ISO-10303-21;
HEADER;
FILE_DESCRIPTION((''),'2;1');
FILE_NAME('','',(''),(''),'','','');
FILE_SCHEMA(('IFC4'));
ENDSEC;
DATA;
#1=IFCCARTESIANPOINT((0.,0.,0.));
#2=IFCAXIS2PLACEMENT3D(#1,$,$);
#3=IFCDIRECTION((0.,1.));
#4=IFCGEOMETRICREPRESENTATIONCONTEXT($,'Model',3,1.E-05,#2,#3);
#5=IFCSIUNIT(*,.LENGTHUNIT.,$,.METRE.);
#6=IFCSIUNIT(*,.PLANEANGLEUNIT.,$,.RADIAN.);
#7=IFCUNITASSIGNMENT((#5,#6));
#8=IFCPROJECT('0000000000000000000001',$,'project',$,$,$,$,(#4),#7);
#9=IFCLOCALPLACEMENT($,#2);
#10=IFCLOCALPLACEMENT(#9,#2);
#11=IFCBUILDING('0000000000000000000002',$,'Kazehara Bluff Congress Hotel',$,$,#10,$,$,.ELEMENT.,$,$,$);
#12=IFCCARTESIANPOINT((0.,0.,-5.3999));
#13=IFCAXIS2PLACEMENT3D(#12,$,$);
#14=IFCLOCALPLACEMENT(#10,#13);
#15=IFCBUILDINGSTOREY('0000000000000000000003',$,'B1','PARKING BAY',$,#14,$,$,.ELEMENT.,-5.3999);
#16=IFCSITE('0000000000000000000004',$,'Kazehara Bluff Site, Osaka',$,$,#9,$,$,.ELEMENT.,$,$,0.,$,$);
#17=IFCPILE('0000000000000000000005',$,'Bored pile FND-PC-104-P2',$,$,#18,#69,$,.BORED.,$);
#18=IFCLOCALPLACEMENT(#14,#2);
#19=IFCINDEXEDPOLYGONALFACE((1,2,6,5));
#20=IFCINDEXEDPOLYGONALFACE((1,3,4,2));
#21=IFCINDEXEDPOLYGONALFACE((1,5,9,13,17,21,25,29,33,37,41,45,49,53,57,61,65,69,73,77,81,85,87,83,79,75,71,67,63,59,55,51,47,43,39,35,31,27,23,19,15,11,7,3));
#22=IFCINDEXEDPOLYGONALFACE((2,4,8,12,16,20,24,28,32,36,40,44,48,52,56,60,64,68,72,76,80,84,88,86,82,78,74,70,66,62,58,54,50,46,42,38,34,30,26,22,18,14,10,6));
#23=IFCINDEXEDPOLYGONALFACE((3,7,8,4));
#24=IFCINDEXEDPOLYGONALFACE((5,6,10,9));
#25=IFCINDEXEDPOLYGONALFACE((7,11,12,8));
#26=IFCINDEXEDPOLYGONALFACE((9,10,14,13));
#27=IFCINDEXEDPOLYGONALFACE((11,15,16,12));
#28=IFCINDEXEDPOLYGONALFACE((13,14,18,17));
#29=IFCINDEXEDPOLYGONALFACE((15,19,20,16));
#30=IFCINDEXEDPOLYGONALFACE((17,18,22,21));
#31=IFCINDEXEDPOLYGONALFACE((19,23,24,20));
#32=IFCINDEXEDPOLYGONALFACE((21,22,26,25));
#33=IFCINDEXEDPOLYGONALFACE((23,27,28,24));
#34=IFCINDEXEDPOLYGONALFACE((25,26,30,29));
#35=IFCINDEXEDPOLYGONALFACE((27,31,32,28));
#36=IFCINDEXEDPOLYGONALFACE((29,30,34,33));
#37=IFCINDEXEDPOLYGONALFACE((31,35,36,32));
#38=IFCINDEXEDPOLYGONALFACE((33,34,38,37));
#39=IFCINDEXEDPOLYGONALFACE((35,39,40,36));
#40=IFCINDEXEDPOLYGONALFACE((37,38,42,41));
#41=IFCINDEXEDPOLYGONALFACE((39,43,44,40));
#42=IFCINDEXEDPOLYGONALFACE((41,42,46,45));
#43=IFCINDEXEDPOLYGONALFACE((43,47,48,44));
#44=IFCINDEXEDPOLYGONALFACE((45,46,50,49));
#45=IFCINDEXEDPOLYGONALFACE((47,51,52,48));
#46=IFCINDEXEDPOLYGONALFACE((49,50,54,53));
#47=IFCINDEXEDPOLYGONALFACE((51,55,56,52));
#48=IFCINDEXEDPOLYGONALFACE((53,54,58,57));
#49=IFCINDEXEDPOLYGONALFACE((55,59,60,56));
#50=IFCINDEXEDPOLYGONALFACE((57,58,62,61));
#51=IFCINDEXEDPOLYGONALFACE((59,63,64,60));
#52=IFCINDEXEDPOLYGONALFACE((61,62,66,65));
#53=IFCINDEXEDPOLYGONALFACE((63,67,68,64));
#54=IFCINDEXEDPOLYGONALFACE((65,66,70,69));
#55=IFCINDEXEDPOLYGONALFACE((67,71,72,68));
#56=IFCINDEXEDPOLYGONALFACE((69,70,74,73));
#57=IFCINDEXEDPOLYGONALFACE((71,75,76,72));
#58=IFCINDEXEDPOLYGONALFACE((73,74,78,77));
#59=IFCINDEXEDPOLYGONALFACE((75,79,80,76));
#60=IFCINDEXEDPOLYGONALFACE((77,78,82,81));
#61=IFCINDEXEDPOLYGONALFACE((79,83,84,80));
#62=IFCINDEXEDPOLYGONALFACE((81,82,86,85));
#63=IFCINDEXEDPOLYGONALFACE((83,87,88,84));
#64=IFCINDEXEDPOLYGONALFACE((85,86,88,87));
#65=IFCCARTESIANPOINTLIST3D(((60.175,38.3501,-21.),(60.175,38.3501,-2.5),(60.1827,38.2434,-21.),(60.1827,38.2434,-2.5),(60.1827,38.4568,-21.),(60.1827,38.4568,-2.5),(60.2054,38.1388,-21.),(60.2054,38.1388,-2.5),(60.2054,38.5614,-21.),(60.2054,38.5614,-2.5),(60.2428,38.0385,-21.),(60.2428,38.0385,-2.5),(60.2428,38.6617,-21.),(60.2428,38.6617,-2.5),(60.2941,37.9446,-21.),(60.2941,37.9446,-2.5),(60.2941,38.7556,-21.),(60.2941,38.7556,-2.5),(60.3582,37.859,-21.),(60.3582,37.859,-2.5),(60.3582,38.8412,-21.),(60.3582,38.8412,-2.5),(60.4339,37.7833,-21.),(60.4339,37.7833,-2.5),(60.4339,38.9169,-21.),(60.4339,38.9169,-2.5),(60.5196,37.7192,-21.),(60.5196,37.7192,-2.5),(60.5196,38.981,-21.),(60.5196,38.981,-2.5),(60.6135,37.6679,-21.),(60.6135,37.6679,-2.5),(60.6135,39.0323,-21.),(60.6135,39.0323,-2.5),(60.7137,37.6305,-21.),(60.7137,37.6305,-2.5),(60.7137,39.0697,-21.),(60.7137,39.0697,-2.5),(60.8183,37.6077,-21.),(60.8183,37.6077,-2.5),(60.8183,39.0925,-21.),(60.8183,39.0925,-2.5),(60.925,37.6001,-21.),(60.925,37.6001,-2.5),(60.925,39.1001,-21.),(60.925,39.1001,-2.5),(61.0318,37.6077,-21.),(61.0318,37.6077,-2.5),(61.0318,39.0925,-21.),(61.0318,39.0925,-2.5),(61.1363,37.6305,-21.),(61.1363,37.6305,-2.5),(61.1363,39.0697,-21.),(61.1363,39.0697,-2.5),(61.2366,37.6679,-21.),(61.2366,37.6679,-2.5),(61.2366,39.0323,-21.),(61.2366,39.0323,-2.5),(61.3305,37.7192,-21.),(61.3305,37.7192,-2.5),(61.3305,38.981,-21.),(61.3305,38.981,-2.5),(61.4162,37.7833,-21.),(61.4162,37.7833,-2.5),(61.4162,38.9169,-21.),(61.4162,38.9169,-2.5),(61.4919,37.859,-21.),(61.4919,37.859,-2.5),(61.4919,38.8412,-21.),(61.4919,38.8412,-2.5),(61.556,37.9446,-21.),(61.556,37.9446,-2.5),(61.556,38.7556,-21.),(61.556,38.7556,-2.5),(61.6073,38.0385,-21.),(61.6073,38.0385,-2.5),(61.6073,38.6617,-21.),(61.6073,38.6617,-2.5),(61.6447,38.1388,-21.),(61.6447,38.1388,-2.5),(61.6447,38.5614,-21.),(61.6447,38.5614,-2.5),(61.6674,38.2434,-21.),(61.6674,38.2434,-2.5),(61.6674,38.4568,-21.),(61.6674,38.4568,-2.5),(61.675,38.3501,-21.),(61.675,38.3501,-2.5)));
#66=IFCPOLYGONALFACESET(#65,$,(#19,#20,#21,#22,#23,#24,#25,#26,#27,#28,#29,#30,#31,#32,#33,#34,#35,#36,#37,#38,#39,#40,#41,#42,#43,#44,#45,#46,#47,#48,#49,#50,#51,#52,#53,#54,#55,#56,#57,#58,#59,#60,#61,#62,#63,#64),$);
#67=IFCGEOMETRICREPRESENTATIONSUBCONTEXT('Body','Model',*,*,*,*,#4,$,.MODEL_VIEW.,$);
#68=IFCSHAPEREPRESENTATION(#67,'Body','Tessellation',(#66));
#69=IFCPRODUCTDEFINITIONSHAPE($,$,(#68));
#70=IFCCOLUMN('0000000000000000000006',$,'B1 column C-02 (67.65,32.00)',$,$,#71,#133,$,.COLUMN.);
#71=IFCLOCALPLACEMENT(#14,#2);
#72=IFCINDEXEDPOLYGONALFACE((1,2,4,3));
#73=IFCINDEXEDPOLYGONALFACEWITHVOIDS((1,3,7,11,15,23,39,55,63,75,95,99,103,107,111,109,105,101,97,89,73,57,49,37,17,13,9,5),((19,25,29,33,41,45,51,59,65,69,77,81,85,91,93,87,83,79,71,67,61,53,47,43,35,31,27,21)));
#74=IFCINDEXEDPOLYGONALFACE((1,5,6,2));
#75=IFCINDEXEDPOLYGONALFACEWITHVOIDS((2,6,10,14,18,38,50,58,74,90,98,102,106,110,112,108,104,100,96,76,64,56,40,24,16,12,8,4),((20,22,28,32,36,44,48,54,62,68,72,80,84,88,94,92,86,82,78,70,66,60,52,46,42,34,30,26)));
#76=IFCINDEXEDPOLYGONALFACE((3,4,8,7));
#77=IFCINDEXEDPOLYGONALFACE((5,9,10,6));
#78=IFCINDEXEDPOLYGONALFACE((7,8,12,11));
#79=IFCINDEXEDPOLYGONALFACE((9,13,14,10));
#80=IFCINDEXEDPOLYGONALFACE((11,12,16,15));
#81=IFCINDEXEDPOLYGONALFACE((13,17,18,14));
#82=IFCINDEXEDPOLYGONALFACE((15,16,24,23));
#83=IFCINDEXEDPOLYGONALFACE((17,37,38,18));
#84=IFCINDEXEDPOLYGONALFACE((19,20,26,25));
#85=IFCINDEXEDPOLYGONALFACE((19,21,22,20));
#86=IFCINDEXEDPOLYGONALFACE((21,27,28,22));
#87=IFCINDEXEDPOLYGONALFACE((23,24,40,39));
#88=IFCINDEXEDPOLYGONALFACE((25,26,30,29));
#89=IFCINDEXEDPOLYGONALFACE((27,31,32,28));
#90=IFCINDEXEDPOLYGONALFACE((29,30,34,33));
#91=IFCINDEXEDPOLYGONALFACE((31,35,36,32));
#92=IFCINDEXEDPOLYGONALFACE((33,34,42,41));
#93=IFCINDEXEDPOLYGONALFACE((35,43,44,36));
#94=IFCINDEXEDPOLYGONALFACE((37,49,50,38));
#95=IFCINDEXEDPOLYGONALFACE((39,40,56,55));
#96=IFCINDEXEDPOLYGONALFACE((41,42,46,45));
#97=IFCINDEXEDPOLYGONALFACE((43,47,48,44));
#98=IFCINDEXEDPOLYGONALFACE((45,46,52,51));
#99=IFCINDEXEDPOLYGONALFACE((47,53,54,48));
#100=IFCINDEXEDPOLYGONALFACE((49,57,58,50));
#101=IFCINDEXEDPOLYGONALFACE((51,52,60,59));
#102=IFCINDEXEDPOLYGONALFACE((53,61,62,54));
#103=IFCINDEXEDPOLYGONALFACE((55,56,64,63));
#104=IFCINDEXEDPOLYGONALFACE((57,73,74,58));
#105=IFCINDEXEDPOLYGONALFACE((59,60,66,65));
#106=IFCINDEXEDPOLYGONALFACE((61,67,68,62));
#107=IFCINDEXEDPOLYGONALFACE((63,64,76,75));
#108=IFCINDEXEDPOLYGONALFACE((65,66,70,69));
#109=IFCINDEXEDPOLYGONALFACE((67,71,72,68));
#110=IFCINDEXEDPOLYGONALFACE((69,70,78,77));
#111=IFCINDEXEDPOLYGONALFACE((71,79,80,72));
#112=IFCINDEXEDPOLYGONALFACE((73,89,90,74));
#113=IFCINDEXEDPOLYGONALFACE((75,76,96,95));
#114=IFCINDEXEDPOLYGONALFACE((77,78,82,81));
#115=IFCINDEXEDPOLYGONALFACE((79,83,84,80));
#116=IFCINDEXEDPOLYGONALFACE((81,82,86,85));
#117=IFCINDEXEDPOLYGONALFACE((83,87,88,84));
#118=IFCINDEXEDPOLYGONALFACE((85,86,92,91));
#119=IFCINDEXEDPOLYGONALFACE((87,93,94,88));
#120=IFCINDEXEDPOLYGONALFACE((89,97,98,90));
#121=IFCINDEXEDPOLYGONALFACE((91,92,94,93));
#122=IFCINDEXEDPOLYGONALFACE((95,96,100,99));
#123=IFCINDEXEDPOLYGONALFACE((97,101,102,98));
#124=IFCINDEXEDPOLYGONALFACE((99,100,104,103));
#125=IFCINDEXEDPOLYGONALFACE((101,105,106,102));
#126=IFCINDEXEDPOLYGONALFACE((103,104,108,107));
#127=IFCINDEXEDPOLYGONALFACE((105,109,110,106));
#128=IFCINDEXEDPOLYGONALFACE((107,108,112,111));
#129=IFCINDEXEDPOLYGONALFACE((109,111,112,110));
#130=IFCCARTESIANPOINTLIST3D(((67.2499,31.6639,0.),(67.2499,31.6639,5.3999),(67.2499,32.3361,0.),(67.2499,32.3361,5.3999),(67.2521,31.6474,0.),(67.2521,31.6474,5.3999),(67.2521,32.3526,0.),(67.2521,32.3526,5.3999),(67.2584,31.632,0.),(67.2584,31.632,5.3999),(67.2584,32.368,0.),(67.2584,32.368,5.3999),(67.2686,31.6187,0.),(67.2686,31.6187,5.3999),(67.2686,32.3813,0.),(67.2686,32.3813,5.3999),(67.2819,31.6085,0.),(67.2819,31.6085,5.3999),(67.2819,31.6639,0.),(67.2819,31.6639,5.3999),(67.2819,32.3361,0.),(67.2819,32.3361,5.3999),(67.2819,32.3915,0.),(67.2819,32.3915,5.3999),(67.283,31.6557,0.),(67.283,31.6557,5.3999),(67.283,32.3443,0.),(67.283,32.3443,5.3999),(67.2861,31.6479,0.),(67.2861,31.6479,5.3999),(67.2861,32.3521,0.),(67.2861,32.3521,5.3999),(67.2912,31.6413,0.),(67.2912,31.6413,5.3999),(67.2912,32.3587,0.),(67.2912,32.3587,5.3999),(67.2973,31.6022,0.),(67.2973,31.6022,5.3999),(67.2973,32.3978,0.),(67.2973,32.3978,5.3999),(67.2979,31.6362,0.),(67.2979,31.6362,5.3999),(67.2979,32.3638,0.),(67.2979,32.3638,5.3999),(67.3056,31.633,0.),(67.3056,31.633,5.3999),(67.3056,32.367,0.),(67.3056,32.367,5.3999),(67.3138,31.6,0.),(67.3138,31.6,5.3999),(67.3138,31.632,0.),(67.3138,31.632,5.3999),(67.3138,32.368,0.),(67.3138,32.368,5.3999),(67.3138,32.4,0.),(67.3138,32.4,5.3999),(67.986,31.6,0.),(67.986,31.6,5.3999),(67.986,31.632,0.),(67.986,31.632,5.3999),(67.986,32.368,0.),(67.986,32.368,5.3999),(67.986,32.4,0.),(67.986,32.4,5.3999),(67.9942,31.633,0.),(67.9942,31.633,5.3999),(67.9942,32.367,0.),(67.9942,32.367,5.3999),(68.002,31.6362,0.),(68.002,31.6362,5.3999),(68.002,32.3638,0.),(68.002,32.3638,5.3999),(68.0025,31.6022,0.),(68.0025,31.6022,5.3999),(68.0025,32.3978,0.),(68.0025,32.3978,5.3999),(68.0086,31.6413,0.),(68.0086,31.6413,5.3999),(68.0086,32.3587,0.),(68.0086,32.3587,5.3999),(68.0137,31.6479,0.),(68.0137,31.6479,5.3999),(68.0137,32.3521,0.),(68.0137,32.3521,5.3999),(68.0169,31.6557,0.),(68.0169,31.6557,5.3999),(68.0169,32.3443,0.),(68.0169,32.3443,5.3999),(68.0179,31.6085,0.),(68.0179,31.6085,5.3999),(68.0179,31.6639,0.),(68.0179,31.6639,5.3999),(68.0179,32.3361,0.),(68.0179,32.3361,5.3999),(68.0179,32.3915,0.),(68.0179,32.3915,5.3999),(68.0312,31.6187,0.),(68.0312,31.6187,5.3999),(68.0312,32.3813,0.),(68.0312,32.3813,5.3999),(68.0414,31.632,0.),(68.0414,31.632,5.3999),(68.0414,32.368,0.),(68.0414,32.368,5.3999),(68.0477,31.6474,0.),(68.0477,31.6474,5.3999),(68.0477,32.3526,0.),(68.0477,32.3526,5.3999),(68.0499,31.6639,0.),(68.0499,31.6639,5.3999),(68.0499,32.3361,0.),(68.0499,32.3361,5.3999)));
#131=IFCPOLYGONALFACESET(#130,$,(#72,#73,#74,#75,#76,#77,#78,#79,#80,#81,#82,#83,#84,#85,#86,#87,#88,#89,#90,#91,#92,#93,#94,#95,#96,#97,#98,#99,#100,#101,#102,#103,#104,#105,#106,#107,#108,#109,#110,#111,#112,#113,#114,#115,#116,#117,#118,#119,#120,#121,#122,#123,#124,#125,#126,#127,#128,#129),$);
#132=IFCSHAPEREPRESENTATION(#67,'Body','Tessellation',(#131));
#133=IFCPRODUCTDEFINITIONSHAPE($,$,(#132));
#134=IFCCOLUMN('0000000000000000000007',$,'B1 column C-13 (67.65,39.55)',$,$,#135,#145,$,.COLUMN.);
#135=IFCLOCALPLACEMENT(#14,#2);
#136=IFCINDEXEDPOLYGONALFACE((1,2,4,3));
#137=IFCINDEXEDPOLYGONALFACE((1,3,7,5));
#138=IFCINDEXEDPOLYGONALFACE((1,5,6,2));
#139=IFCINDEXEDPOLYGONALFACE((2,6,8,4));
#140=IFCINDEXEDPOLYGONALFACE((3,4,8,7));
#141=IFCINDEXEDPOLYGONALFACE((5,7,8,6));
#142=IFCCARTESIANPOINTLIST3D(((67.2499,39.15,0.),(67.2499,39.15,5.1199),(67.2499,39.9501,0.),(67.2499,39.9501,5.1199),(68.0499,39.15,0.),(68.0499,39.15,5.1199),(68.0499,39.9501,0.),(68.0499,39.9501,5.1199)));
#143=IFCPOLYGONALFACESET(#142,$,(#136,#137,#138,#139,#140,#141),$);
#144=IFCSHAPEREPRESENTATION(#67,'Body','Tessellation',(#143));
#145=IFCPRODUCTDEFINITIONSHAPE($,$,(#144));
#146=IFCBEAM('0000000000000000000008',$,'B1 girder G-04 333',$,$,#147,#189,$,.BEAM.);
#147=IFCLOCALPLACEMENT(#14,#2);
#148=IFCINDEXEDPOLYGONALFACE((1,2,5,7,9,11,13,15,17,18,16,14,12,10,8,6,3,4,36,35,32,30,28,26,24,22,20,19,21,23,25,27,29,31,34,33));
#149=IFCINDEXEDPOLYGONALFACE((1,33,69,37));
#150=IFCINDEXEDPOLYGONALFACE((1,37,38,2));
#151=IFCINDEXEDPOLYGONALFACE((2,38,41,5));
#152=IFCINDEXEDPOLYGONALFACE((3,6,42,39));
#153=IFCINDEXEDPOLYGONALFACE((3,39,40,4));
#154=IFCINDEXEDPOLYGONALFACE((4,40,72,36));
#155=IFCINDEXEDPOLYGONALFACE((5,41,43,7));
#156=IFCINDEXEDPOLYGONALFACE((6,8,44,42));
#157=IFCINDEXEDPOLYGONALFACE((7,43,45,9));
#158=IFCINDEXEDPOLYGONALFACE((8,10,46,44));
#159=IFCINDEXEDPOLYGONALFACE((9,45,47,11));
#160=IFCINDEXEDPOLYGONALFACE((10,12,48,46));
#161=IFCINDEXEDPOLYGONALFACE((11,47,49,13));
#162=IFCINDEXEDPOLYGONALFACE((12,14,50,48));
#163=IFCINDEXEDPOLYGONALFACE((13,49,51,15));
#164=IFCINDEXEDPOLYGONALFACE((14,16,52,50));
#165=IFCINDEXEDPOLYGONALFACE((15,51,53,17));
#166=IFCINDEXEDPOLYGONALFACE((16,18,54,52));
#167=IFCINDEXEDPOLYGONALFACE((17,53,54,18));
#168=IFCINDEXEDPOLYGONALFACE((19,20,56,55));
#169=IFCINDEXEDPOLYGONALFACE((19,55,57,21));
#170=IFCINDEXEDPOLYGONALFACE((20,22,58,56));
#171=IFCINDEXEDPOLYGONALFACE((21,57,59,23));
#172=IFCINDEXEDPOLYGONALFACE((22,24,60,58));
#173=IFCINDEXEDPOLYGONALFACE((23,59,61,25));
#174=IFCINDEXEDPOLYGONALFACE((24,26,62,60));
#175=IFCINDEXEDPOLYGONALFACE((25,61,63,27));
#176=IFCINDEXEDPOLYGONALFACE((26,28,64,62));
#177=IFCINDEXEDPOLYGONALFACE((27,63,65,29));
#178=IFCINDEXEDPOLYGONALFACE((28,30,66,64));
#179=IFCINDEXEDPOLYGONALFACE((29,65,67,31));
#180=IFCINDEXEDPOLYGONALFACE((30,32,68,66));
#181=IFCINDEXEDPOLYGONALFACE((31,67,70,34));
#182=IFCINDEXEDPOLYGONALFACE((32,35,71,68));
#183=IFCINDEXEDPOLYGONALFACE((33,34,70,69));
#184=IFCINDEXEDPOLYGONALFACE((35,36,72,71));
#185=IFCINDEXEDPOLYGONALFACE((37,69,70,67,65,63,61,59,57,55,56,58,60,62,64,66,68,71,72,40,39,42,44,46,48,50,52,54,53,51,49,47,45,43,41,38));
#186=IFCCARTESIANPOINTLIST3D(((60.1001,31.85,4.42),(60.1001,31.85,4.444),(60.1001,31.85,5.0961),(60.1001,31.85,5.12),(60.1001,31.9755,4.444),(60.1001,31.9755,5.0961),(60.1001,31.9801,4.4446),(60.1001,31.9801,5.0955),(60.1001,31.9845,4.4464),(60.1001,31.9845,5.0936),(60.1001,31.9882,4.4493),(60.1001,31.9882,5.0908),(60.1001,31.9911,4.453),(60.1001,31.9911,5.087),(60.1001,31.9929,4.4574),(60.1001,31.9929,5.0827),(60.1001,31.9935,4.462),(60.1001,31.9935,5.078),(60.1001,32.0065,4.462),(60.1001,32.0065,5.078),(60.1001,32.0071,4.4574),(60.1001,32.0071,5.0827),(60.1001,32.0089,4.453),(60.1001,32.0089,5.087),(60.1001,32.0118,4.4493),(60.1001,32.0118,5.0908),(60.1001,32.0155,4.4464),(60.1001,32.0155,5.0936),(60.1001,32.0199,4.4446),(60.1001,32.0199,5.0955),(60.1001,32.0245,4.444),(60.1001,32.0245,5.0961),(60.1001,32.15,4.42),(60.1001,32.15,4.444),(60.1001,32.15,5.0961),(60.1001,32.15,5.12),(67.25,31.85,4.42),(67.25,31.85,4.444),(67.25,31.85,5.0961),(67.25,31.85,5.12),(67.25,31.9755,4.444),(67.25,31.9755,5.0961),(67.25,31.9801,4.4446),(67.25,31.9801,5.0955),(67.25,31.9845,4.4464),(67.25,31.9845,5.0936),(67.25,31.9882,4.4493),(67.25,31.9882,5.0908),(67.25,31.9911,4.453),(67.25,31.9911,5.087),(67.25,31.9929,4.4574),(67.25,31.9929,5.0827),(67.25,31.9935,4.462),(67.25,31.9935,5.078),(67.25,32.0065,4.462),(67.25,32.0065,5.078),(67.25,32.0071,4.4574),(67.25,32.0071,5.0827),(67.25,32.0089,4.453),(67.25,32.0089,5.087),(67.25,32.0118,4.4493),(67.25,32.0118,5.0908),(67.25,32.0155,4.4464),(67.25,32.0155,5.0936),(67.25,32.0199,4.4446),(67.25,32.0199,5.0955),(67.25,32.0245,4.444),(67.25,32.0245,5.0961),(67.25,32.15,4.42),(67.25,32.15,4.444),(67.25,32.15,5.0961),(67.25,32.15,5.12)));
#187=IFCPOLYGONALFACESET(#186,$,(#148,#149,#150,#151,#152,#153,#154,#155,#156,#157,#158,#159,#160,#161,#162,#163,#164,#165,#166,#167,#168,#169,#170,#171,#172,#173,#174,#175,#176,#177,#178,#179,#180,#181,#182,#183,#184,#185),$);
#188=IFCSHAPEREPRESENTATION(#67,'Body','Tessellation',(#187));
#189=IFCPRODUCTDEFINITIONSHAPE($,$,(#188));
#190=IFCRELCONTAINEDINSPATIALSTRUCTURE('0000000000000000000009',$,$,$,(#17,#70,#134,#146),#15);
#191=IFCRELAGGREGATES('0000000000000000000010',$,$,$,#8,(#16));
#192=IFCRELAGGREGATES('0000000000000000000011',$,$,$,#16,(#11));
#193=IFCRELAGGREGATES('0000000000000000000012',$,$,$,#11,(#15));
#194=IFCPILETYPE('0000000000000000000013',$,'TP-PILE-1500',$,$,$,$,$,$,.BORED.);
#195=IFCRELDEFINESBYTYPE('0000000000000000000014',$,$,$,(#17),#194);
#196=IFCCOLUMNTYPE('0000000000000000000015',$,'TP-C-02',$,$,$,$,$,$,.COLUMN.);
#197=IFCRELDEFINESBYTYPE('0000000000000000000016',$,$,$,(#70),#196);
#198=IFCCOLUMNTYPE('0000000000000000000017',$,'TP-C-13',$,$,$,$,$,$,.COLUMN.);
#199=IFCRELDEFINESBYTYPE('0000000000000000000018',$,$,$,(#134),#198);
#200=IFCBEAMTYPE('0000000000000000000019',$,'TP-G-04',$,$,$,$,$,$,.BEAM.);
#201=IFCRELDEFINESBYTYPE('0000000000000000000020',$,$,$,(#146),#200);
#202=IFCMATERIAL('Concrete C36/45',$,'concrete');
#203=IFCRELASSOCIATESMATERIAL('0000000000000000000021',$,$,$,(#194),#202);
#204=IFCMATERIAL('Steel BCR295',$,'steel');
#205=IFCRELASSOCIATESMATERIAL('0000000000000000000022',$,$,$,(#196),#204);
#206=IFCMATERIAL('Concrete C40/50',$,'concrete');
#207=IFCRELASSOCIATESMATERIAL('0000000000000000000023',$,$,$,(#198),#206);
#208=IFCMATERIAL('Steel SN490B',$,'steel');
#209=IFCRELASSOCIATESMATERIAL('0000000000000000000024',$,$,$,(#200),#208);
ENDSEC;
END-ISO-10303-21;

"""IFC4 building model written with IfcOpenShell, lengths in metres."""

from ifc_helpers import new_model, si_unit, direction, frame, origin, origin_2d, place, context, subcontext, project, spatial, rectangle, hollow_rectangle, circle, i_section, extrude, material, material_profile, profile_set, type_object, element, save


model = new_model("IFC4")

# Units and contexts
model_context = context("Model", 3, precision=1e-05, world=origin(), true_north=direction((0.0, 1.0)))
body_context = subcontext(model_context, "Body", "Model", "MODEL_VIEW")
ifc_project = project(units=[si_unit("LENGTHUNIT", "METRE"), si_unit("PLANEANGLEUNIT", "RADIAN")], contexts=[model_context])

# Site, building, storey
site_placement = place(None, origin())
site = spatial("IfcSite", under=ifc_project, at=site_placement, Name="Kazehara Bluff Site, Osaka", CompositionType="ELEMENT", RefElevation=0.0)
building_placement = place(site_placement, origin())
building = spatial("IfcBuilding", under=site, at=building_placement, Name="Kazehara Bluff Congress Hotel", CompositionType="ELEMENT")
storey_placement = place(building_placement, frame((0.0, 0.0, -5.3999)))
storey = spatial("IfcBuildingStorey", under=building, at=storey_placement, Name="B1", Description="PARKING BAY", CompositionType="ELEMENT", Elevation=-5.3999)

# Pile
ifc_material_1 = material(Name="Concrete C36/45", Category="concrete")
ifc_material_profile_1 = material_profile(ifc_material_1, circle(Radius=0.75, at=origin_2d()))
ifc_profile_set_1 = profile_set([ifc_material_profile_1], Name="Concrete C36/45")
pile_type_1 = type_object("IfcPileType", Name="TP-PILE-1500", PredefinedType="BORED", material=ifc_profile_set_1)
for number, where, z_axis, x_axis, name in (
    (1, (60.925, 38.3501, -2.5), (0.0, 0.0, -1.0), (1.0, 0.0, 0.0), "Bored pile FND-PC-104-P2"),
):
    element("IfcPile", number, at=place(storey_placement, frame(where, z_axis=z_axis, x_axis=x_axis)), inside=storey, type_object=pile_type_1, Name=name, PredefinedType="BORED", context=body_context, shape_type="SweptSolid", body=[
        extrude(circle(Radius=0.75, at=origin_2d()), origin(), (0.0, 0.0, 1.0), 18.5),
    ])

# Columns
ifc_material_2 = material(Name="Steel BCR295", Category="steel")
ifc_material_profile_2 = material_profile(ifc_material_2, hollow_rectangle(XDim=0.8, YDim=0.8, WallThickness=0.032, InnerFilletRadius=0.032, OuterFilletRadius=0.064, at=origin_2d()))
ifc_profile_set_2 = profile_set([ifc_material_profile_2], Name="Steel BCR295")
column_type_1 = type_object("IfcColumnType", Name="TP-C-02", PredefinedType="COLUMN", material=ifc_profile_set_2)
column_1_placement = place(storey_placement, frame((67.6499, 32.0, 0.0), z_axis=(0.0, 0.0, 1.0), x_axis=(1.0, 0.0, 0.0)))
element("IfcColumn", 2, at=column_1_placement, inside=storey, type_object=column_type_1, Name="B1 column C-02 (67.65,32.00)", PredefinedType="COLUMN", context=body_context, shape_type="SweptSolid", body=[
    extrude(hollow_rectangle(XDim=0.8, YDim=0.8, WallThickness=0.032, InnerFilletRadius=0.032, OuterFilletRadius=0.064, at=origin_2d()), origin(), (0.0, 0.0, 1.0), 5.3999),
])
ifc_material_3 = material(Name="Concrete C40/50", Category="concrete")
ifc_material_profile_3 = material_profile(ifc_material_3, rectangle(XDim=0.8, YDim=0.8, at=origin_2d()))
ifc_profile_set_3 = profile_set([ifc_material_profile_3], Name="Concrete C40/50")
column_type_2 = type_object("IfcColumnType", Name="TP-C-13", PredefinedType="COLUMN", material=ifc_profile_set_3)
column_2_placement = place(storey_placement, frame((67.6499, 39.55, 0.0), z_axis=(0.0, 0.0, 1.0), x_axis=(1.0, 0.0, 0.0)))
element("IfcColumn", 3, at=column_2_placement, inside=storey, type_object=column_type_2, Name="B1 column C-13 (67.65,39.55)", PredefinedType="COLUMN", context=body_context, shape_type="SweptSolid", body=[
    extrude(rectangle(XDim=0.8, YDim=0.8, at=origin_2d()), origin(), (0.0, 0.0, 1.0), 5.1199),
])

# Beam
ifc_material_4 = material(Name="Steel SN490B", Category="steel")
ifc_material_profile_4 = material_profile(ifc_material_4, i_section(OverallWidth=0.3, OverallDepth=0.7, WebThickness=0.0129, FlangeThickness=0.0239, FilletRadius=0.0181, at=origin_2d()))
ifc_profile_set_4 = profile_set([ifc_material_profile_4], Name="Steel SN490B")
beam_type_1 = type_object("IfcBeamType", Name="TP-G-04", PredefinedType="BEAM", material=ifc_profile_set_4)
beam_1_placement = place(storey_placement, frame((60.1001, 32.0, 4.77), z_axis=(1.0, 0.0, 0.0), x_axis=(0.0, 1.0, 0.0)))
element("IfcBeam", 4, at=beam_1_placement, inside=storey, type_object=beam_type_1, Name="B1 girder G-04 333", PredefinedType="BEAM", context=body_context, shape_type="SweptSolid", body=[
    extrude(i_section(OverallWidth=0.3, OverallDepth=0.7, WebThickness=0.0129, FlangeThickness=0.0239, FilletRadius=0.0181, at=origin_2d()), origin(), (0.0, 0.0, 1.0), 7.1499),
])

save(model, "model.ifc")
